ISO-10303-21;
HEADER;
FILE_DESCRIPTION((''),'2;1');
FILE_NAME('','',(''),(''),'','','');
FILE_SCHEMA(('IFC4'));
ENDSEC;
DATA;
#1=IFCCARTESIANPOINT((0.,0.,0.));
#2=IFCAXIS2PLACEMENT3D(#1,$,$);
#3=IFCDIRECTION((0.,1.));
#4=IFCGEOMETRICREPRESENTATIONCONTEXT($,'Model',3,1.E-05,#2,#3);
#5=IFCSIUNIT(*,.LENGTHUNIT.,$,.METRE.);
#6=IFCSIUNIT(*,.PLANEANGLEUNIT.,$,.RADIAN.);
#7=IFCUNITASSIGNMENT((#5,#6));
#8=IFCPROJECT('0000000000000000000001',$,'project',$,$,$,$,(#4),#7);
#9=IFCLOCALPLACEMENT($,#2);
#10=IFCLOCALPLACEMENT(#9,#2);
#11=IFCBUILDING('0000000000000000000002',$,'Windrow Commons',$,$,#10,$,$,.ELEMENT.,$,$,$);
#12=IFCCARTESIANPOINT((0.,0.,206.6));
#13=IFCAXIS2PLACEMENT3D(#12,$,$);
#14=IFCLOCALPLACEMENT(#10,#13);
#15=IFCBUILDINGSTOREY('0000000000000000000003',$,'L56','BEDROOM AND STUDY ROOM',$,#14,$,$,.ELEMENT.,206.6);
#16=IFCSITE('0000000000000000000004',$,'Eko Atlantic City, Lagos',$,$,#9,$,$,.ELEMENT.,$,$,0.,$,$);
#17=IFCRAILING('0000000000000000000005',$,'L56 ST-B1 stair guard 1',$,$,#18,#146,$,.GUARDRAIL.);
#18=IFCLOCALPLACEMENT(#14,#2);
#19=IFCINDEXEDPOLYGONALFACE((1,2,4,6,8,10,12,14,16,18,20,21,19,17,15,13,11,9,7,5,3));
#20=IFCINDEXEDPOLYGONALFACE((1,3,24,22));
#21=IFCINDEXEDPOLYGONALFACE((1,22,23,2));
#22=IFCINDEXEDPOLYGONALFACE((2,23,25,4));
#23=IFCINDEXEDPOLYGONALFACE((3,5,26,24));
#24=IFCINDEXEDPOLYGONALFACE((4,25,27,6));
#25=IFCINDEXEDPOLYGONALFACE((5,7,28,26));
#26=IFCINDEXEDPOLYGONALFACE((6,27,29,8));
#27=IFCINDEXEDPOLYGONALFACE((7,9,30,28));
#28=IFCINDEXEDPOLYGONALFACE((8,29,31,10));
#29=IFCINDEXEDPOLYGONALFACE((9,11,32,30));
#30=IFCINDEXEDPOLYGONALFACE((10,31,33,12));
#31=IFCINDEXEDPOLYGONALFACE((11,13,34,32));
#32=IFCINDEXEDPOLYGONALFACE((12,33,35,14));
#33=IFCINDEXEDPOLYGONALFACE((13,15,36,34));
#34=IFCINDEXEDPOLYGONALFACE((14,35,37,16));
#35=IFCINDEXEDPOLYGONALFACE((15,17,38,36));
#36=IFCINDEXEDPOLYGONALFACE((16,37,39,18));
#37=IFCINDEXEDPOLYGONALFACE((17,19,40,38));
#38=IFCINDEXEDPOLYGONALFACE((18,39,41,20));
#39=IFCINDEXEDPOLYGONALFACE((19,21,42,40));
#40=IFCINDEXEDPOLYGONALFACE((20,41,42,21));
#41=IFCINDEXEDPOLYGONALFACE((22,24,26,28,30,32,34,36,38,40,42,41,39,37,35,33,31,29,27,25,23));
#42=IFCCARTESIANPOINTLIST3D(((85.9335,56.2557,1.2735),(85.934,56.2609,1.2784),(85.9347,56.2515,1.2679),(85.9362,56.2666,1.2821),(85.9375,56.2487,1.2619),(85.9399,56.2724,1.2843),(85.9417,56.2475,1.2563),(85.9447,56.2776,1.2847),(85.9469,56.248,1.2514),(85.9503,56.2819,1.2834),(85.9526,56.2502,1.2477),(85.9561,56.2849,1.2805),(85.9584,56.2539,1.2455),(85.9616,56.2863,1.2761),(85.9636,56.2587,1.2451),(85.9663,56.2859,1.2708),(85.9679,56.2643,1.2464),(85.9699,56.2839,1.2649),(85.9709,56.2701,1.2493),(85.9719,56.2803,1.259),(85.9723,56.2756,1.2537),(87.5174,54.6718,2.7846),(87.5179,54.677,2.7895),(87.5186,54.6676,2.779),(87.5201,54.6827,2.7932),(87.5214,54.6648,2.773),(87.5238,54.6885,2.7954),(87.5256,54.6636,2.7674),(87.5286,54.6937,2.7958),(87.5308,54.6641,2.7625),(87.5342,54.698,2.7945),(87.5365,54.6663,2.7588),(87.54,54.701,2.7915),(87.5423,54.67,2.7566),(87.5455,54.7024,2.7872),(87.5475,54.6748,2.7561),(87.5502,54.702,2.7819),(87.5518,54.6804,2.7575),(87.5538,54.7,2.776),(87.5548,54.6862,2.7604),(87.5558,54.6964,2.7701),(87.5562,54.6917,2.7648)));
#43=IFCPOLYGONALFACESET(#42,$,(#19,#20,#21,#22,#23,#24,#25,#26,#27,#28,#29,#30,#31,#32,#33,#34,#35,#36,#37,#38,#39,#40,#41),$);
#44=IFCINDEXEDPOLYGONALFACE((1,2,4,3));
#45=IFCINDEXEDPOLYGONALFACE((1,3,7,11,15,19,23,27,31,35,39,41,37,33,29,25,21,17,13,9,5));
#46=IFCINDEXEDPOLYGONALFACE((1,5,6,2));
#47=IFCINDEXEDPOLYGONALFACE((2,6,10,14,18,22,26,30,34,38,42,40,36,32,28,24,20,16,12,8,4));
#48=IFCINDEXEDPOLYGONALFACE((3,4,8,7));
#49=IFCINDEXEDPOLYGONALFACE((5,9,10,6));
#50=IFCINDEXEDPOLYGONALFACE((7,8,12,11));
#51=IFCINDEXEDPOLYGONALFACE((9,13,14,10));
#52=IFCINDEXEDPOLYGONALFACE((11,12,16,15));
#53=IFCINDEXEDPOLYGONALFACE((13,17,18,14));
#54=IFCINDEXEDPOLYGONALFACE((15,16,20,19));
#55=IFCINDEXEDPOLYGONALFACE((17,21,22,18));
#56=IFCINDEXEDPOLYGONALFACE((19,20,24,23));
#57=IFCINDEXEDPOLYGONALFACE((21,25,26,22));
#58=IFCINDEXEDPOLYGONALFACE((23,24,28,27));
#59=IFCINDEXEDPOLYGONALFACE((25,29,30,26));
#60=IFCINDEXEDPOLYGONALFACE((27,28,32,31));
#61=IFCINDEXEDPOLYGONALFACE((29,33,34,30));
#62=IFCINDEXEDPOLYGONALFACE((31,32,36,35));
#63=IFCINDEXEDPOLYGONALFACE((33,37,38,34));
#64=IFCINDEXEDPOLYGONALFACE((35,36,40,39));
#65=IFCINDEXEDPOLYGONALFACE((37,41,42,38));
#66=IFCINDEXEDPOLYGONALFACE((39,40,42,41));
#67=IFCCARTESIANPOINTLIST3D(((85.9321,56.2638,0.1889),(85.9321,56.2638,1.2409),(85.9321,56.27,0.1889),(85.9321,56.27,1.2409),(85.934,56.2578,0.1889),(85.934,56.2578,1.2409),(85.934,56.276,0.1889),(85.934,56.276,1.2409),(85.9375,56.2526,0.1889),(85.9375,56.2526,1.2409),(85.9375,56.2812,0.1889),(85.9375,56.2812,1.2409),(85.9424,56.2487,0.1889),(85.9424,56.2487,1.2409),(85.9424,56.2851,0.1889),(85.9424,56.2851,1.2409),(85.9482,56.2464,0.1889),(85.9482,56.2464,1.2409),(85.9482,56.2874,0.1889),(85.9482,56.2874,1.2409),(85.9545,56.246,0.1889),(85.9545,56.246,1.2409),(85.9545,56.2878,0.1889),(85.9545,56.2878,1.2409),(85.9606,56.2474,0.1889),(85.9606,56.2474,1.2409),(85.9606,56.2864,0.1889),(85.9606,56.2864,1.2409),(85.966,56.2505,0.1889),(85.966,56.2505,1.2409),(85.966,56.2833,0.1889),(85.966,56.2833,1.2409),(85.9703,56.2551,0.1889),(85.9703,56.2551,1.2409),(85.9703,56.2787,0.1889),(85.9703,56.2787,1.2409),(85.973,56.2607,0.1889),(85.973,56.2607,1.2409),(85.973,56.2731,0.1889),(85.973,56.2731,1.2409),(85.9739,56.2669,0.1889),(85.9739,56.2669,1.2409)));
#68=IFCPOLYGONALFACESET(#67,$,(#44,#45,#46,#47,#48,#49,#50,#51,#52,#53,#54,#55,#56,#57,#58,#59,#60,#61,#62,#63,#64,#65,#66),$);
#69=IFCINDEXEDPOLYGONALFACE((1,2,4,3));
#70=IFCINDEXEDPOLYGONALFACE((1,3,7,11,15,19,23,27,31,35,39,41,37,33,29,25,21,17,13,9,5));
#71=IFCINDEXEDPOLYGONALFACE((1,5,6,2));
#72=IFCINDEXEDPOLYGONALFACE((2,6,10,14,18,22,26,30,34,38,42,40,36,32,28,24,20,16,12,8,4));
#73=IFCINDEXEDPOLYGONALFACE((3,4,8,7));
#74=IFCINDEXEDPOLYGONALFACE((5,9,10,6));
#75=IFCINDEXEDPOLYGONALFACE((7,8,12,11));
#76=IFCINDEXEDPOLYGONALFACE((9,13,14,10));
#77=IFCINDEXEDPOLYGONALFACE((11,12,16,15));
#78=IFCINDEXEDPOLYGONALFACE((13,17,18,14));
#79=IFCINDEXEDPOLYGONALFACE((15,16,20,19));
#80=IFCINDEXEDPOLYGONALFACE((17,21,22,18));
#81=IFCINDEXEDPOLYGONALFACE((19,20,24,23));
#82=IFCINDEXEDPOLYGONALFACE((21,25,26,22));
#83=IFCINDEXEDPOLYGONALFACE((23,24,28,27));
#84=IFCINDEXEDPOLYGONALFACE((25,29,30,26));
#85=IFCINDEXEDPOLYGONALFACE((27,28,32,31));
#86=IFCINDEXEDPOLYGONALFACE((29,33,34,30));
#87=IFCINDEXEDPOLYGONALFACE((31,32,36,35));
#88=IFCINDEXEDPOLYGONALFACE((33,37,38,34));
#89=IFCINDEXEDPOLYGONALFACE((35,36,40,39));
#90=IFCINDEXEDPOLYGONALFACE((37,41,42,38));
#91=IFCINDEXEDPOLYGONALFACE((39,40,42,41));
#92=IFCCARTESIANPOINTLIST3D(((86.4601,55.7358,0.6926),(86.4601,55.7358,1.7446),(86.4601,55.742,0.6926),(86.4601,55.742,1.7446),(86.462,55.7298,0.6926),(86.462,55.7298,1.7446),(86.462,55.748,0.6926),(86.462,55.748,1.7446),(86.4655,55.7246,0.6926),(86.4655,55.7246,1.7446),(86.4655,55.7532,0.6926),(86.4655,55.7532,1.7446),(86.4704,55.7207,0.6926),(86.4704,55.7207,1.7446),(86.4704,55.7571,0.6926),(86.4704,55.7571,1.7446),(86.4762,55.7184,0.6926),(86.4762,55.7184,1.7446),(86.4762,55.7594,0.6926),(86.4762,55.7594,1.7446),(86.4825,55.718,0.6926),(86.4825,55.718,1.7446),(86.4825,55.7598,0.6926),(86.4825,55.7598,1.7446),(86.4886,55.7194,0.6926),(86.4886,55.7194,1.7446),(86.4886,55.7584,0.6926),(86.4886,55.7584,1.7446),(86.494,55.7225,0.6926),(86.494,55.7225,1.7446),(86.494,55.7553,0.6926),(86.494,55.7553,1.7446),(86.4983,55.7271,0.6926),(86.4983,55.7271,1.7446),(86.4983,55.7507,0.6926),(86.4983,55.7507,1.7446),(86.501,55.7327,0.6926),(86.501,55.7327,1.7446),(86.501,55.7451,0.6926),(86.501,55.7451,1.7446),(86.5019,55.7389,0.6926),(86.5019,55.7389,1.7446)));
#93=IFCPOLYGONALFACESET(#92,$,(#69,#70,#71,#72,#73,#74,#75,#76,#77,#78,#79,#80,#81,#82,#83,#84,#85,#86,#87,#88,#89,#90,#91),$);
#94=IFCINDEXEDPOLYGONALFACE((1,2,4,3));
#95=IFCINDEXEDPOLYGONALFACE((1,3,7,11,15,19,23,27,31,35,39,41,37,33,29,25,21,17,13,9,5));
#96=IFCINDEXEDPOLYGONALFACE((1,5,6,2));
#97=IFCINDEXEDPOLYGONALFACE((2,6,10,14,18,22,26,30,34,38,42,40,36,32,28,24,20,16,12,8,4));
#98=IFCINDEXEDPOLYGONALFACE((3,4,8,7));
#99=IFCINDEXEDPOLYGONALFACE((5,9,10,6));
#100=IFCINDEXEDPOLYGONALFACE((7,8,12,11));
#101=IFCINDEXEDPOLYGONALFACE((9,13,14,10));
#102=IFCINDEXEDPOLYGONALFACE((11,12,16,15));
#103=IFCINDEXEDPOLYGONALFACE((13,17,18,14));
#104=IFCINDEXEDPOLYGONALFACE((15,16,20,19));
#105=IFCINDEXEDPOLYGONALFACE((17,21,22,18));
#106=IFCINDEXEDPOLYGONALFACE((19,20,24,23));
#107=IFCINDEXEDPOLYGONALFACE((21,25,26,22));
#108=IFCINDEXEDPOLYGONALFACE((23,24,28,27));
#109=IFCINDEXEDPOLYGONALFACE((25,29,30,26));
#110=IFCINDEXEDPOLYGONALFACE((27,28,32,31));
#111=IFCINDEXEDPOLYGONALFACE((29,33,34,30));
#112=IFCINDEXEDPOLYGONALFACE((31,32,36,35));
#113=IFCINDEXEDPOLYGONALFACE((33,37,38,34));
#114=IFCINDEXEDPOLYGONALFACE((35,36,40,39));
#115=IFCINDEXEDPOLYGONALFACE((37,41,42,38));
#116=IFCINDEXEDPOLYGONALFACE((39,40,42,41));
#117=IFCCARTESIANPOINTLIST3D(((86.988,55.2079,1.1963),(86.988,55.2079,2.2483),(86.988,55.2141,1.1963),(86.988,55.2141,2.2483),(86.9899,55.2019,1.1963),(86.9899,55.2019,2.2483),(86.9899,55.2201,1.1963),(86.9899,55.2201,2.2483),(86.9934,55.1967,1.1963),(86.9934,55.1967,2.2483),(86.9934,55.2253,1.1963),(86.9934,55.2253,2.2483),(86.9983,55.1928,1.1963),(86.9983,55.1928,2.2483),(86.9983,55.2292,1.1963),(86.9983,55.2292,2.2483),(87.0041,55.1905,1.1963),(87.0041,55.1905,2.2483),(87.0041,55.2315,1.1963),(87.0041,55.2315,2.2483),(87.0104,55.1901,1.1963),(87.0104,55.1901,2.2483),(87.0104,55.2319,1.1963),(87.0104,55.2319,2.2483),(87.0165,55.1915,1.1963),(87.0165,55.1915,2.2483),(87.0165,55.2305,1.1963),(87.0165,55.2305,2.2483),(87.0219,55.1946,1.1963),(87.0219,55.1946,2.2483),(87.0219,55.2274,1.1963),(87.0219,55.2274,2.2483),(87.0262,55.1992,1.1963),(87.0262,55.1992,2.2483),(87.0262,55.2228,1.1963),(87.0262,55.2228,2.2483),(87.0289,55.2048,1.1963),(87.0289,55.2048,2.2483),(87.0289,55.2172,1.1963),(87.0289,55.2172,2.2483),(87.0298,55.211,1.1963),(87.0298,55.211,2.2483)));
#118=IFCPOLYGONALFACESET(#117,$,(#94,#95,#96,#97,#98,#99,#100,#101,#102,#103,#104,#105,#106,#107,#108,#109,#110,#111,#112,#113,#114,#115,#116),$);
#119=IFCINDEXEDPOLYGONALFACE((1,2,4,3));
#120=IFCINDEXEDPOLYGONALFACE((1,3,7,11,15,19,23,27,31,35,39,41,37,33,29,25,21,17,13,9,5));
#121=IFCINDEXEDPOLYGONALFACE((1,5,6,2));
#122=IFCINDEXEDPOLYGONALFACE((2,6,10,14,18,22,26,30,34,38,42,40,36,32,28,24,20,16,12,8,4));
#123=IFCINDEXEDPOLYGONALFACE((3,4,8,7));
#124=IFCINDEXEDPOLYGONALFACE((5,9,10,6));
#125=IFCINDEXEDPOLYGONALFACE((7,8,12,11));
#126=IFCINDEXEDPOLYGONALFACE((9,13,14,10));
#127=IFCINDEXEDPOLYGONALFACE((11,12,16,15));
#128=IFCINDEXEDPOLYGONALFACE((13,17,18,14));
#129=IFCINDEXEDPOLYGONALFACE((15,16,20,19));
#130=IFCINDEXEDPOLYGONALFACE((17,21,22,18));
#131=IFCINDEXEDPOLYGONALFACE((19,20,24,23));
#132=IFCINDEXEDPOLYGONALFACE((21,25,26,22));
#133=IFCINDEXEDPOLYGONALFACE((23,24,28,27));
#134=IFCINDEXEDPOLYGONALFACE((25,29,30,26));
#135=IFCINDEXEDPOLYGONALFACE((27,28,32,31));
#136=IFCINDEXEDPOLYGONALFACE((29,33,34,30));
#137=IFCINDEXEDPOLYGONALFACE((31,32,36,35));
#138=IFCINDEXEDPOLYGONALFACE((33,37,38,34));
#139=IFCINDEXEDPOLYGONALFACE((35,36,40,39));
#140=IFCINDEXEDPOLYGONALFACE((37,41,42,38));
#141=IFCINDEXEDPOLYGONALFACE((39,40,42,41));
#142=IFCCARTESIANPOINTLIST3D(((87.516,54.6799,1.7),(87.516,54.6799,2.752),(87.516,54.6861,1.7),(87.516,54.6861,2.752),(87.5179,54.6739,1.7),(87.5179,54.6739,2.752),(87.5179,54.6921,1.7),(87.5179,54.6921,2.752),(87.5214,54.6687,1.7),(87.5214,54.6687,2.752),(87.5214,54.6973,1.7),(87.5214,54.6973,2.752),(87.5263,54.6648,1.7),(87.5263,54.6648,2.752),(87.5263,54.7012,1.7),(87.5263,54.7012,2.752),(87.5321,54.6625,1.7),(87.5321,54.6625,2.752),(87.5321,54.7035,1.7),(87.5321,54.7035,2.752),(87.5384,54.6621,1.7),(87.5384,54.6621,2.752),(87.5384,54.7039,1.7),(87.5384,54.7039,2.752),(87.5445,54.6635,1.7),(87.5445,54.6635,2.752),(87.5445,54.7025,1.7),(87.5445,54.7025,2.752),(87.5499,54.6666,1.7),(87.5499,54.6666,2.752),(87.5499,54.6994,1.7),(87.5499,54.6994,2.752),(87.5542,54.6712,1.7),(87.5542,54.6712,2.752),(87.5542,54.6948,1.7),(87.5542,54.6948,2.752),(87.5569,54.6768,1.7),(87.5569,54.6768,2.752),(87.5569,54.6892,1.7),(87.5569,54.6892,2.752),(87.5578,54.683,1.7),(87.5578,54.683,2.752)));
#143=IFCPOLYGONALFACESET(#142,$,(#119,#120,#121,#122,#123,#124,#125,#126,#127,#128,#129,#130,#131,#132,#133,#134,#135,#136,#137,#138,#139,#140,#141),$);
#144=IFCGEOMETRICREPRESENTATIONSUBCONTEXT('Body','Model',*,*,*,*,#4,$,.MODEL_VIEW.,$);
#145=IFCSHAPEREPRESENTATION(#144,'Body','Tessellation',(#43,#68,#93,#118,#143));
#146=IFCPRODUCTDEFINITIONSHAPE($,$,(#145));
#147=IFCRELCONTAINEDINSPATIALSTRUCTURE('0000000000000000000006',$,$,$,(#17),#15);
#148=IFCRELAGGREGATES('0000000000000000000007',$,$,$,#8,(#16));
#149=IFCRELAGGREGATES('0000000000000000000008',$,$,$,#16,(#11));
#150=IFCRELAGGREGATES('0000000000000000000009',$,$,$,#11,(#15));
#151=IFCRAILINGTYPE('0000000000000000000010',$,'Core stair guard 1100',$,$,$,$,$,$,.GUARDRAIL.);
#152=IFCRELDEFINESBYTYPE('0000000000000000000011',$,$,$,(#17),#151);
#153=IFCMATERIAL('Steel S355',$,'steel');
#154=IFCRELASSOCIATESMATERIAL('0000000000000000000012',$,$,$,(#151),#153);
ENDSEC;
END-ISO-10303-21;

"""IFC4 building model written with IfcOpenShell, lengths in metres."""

from ifc_helpers import new_model, si_unit, direction, frame, origin, origin_2d, place, context, subcontext, project, spatial, circle, extrude, material, type_object, element, save


model = new_model("IFC4")

# Units and contexts
model_context = context("Model", 3, precision=1e-05, world=origin(), true_north=direction((0.0, 1.0)))
body_context = subcontext(model_context, "Body", "Model", "MODEL_VIEW")
ifc_project = project(units=[si_unit("LENGTHUNIT", "METRE"), si_unit("PLANEANGLEUNIT", "RADIAN")], contexts=[model_context])

# Site, building, storey
site_placement = place(None, origin())
site = spatial("IfcSite", under=ifc_project, at=site_placement, Name="Eko Atlantic City, Lagos", CompositionType="ELEMENT", RefElevation=0.0)
building_placement = place(site_placement, origin())
building = spatial("IfcBuilding", under=site, at=building_placement, Name="Windrow Commons", CompositionType="ELEMENT")
storey_placement = place(building_placement, frame((0.0, 0.0, 206.6)))
storey = spatial("IfcBuildingStorey", under=building, at=storey_placement, Name="L56", Description="BEDROOM AND STUDY ROOM", CompositionType="ELEMENT", Elevation=206.6)

# Railing
ifc_material_1 = material(Name="Steel S355", Category="steel")
railing_type_1 = type_object("IfcRailingType", Name="Core stair guard 1100", PredefinedType="GUARDRAIL", material=ifc_material_1)
railing_1_placement = place(storey_placement, frame((85.9529, 56.2669, 0.1889)))
element("IfcRailing", 1, at=railing_1_placement, inside=storey, type_object=railing_type_1, Name="L56 ST-B1 stair guard 1", PredefinedType="GUARDRAIL", context=body_context, shape_type="SweptSolid", body=[
    extrude(circle(Radius=0.024, at=origin_2d()), frame((0.0, 0.0, 1.076), z_axis=(0.586191, -0.586191, 0.559249), x_axis=(0.707107, 0.707107, 0.0)), (0.0, 0.0, 1.0), 2.702),
    extrude(circle(Radius=0.021, at=origin_2d()), origin(), (0.0, 0.0, 1.0), 1.052),
    extrude(circle(Radius=0.021, at=origin_2d()), frame((0.528, -0.528, 0.5037)), (0.0, 0.0, 1.0), 1.052),
    extrude(circle(Radius=0.021, at=origin_2d()), frame((1.0559, -1.0559, 1.0074)), (0.0, 0.0, 1.0), 1.052),
    extrude(circle(Radius=0.021, at=origin_2d()), frame((1.5839, -1.5839, 1.5111)), (0.0, 0.0, 1.0), 1.052),
])

save(model, "model.ifc")
